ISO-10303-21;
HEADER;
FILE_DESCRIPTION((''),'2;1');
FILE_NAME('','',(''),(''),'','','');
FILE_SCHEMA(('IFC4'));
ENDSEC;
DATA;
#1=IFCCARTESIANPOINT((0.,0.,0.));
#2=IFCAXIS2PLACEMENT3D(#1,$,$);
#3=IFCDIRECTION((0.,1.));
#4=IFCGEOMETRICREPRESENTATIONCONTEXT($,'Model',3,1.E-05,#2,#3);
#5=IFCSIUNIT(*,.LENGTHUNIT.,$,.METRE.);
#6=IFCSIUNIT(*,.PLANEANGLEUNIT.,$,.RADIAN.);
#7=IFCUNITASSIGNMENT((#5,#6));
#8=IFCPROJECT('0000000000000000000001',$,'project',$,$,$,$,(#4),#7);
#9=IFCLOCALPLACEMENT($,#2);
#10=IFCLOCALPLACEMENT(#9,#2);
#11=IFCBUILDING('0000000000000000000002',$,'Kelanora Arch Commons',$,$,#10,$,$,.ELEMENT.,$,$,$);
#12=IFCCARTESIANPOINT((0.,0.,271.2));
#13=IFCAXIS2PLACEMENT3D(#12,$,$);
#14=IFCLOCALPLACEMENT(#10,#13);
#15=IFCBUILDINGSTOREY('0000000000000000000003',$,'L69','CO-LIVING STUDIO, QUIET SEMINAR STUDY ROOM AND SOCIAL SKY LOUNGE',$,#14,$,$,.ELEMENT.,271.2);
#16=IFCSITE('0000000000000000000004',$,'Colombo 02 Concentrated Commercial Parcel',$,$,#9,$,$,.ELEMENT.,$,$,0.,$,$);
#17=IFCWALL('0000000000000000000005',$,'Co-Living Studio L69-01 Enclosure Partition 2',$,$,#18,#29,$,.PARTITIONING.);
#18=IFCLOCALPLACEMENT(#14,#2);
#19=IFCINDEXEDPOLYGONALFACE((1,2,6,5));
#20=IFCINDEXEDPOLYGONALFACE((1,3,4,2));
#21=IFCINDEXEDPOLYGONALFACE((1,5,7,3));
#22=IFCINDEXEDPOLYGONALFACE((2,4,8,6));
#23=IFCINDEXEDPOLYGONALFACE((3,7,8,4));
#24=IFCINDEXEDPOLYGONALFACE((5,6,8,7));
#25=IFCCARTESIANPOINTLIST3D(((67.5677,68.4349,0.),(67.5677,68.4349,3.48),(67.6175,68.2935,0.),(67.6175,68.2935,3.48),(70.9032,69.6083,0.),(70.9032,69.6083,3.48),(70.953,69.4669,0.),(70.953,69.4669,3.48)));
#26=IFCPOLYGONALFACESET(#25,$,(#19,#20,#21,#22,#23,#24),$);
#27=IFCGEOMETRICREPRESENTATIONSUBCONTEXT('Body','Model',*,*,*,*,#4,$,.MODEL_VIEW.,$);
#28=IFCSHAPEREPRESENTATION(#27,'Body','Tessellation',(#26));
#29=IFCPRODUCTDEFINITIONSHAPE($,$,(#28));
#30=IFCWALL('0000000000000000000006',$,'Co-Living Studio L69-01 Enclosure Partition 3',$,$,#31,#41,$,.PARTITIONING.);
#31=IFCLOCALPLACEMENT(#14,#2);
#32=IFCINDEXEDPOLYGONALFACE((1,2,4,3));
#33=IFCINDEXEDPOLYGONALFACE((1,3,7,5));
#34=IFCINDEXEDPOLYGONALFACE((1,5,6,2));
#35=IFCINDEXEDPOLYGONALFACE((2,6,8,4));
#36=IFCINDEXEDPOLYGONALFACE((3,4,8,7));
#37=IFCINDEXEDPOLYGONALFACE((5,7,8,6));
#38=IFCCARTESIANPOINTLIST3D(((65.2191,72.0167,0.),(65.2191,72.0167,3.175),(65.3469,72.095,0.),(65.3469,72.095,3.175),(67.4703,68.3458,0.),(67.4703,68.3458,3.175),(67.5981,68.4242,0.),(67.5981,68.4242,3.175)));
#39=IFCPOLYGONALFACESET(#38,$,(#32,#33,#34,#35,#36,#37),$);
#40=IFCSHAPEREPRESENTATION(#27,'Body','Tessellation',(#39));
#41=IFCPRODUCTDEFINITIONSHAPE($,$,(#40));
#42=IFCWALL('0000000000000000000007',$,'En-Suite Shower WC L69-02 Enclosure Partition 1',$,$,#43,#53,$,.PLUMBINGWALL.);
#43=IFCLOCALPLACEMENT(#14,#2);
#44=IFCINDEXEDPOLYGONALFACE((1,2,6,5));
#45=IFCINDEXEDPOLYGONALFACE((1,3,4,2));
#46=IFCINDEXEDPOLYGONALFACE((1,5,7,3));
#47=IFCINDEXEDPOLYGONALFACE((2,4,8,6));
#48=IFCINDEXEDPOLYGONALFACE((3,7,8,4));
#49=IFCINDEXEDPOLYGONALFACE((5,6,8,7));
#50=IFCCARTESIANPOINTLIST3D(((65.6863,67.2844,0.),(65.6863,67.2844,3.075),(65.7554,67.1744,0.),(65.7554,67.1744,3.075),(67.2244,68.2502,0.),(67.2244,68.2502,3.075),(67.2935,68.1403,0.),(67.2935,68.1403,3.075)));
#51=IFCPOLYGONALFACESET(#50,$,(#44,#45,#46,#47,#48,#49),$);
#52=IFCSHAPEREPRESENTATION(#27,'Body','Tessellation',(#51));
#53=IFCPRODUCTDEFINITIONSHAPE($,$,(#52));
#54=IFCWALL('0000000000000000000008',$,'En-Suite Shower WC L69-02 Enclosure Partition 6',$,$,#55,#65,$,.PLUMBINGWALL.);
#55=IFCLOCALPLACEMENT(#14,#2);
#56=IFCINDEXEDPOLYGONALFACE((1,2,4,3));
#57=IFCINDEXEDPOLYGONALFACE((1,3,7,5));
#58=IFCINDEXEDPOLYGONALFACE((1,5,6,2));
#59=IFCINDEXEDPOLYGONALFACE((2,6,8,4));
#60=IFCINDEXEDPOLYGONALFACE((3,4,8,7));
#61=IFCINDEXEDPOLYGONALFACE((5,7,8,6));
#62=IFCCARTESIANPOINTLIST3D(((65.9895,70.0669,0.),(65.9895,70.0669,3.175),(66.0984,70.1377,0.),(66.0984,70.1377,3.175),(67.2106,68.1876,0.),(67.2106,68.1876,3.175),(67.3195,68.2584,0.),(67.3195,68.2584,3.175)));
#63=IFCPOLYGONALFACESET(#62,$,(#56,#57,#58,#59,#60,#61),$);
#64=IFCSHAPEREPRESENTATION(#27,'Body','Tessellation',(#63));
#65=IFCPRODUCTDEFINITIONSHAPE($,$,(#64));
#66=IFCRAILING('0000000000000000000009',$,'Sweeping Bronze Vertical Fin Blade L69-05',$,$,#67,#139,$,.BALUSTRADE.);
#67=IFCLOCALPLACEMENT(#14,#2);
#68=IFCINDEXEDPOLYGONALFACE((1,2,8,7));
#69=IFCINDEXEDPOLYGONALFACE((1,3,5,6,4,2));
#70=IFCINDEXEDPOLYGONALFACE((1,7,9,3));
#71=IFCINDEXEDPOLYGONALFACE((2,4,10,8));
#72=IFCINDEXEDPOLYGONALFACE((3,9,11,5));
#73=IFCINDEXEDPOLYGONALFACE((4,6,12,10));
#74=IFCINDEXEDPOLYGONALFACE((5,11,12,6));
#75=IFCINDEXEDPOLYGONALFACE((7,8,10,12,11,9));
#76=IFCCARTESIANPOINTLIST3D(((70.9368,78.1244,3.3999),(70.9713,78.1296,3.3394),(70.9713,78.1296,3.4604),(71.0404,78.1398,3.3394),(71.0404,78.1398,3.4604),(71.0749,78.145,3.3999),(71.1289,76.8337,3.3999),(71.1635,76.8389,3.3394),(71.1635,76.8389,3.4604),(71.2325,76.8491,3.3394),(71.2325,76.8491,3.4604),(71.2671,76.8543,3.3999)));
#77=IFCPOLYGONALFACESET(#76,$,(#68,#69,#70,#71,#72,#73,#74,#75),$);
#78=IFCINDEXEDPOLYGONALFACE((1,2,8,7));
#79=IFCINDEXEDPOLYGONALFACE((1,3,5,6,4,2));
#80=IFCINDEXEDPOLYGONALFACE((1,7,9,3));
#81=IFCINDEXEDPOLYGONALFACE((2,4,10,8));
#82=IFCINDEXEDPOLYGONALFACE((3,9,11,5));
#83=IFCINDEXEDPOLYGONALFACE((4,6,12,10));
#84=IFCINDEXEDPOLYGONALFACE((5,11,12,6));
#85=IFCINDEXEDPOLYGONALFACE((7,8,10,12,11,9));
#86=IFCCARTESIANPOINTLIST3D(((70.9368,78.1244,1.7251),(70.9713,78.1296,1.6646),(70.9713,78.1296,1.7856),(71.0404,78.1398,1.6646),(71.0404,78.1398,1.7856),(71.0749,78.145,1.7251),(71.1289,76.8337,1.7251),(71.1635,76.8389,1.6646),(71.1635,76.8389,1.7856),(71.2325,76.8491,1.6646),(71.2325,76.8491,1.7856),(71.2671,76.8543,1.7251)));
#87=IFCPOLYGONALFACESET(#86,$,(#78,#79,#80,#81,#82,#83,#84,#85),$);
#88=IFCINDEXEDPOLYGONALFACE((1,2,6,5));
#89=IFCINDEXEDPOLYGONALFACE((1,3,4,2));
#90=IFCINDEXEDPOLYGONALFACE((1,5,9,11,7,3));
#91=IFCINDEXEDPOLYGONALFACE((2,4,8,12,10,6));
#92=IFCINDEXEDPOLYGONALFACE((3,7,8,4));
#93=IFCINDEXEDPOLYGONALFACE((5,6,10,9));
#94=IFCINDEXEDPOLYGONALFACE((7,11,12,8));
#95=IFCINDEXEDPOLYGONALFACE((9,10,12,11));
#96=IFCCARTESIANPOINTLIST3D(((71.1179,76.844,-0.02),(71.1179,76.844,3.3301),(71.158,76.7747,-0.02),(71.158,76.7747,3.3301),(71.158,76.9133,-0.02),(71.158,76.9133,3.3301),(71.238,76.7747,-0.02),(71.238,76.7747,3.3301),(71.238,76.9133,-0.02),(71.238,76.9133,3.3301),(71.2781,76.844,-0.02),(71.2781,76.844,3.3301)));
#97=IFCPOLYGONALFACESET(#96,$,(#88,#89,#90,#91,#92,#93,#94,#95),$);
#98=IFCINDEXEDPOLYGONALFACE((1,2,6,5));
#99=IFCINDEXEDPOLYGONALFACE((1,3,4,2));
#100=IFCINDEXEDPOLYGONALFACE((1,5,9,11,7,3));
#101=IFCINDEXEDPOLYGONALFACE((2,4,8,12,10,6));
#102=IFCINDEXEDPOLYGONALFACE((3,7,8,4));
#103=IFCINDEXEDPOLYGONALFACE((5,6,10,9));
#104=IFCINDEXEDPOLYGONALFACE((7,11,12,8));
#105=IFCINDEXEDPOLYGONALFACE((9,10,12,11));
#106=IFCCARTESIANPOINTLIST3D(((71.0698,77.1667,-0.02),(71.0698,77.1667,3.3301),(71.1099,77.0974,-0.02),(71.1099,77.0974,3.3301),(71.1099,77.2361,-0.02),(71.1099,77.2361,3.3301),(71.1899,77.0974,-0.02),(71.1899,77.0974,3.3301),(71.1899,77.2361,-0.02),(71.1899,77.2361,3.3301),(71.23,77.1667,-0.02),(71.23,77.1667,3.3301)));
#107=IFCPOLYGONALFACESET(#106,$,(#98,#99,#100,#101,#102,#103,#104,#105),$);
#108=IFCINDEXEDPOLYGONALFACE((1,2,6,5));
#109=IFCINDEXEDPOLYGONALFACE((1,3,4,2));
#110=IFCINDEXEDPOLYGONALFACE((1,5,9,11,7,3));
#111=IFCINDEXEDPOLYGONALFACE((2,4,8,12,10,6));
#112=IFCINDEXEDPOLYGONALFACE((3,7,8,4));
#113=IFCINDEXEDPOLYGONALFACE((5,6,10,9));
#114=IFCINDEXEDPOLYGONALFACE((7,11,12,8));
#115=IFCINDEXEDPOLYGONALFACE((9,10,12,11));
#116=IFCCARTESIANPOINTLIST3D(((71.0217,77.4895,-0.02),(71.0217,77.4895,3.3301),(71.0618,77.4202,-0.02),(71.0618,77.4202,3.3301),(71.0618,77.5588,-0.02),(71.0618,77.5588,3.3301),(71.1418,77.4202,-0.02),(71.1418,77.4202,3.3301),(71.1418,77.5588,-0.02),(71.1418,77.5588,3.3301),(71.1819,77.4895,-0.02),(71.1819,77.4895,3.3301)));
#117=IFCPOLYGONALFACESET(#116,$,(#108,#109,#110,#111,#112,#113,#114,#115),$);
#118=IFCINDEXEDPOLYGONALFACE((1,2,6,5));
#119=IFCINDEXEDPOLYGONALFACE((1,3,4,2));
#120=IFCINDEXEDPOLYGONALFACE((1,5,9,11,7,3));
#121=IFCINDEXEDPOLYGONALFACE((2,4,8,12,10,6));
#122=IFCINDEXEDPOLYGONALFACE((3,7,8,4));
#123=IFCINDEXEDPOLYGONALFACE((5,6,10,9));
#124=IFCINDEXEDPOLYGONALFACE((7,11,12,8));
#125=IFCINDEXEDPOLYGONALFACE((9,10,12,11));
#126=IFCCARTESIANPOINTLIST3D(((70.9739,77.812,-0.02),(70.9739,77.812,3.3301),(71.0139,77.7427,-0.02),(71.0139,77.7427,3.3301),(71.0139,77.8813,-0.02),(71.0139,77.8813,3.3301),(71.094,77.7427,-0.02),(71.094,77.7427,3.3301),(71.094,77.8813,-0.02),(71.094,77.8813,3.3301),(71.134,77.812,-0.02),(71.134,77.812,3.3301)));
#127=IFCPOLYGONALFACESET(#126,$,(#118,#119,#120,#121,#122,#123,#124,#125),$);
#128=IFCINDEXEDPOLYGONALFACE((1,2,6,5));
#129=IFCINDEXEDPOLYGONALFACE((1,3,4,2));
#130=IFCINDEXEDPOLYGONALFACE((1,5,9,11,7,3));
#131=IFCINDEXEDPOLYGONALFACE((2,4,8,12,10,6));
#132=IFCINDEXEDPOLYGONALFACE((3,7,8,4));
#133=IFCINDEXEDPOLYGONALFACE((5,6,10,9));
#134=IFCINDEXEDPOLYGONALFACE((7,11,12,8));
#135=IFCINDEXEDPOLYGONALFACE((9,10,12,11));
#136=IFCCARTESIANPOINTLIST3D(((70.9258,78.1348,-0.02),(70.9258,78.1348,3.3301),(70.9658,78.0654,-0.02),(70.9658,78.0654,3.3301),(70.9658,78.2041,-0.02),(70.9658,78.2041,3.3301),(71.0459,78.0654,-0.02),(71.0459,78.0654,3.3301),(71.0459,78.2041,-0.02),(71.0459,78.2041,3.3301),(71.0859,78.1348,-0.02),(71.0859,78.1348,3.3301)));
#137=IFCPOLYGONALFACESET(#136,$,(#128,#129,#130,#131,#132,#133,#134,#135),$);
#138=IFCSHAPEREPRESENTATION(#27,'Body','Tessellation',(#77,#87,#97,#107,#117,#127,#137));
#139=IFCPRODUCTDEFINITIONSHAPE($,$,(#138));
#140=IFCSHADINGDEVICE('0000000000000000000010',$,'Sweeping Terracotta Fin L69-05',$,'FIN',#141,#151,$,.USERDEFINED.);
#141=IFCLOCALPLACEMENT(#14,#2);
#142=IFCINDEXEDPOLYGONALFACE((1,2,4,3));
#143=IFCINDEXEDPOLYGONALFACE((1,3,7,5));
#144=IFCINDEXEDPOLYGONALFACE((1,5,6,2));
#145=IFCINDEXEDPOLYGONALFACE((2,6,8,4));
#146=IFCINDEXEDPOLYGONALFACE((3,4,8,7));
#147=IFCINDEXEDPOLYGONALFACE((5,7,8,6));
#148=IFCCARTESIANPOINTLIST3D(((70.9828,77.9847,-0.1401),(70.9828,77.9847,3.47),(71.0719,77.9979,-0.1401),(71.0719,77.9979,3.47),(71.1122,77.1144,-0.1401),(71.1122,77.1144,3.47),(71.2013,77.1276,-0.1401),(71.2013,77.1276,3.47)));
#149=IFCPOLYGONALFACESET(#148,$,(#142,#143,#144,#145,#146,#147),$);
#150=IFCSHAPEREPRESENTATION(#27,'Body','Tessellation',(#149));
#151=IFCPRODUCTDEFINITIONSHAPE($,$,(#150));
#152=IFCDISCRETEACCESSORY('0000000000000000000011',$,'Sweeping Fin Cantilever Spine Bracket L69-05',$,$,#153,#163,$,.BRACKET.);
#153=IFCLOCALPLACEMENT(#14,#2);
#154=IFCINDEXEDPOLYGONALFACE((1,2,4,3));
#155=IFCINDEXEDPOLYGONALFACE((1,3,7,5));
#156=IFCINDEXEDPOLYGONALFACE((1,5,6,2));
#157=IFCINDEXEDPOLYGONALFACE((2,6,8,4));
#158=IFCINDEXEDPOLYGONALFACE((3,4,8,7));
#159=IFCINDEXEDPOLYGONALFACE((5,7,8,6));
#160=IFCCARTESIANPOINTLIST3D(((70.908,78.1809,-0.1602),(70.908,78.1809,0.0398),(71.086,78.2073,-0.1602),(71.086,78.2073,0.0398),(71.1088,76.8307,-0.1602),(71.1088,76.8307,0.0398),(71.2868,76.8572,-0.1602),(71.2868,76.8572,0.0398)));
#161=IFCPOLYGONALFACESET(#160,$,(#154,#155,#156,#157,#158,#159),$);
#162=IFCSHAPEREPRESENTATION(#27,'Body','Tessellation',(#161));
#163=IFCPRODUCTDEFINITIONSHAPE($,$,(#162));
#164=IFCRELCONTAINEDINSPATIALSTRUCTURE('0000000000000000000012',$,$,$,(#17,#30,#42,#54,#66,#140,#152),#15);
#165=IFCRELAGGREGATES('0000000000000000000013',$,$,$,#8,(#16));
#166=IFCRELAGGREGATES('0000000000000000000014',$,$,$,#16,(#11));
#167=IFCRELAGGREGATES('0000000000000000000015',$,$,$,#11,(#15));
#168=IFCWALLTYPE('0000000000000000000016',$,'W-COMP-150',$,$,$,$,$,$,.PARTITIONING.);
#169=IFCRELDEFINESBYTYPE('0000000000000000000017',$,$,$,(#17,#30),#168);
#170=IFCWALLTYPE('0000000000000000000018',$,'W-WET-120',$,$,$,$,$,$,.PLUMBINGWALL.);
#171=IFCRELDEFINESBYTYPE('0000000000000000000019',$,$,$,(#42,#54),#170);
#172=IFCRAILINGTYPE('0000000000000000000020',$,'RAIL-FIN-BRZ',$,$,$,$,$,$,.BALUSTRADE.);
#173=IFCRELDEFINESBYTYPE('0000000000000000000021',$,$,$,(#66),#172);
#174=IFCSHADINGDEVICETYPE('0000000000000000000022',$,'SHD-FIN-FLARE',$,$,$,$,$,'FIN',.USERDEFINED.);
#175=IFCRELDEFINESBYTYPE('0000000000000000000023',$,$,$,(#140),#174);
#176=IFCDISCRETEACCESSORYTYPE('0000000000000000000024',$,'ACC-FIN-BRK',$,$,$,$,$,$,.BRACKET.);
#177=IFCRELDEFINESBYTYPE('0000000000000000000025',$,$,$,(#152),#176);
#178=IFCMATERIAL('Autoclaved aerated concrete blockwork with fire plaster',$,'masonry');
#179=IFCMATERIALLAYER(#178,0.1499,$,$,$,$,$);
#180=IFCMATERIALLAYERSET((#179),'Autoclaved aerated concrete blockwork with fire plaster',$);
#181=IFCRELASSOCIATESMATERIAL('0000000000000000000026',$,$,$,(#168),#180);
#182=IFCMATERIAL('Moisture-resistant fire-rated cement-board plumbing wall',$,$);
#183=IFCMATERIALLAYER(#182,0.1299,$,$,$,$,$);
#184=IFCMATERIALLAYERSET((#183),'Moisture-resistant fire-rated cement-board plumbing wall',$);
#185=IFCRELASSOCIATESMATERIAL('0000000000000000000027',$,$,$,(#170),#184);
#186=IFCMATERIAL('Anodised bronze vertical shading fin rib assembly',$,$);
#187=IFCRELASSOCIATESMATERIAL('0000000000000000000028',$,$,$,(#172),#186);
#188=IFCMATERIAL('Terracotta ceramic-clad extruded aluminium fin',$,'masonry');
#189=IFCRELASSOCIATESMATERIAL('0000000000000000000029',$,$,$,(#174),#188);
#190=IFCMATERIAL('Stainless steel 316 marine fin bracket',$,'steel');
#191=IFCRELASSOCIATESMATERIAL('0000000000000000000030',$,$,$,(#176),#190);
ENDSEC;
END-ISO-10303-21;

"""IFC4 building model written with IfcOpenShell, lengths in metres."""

from ifc_helpers import new_model, si_unit, direction, frame, frame_2d, origin, origin_2d, place, context, subcontext, project, spatial, polyline, rectangle, outline, extrude, source, transform, mapped, material, layer, layer_set, type_object, element, save


model = new_model("IFC4")

# Units and contexts
model_context = context("Model", 3, precision=1e-05, world=origin(), true_north=direction((0.0, 1.0)))
body_context = subcontext(model_context, "Body", "Model", "MODEL_VIEW")
ifc_project = project(units=[si_unit("LENGTHUNIT", "METRE"), si_unit("PLANEANGLEUNIT", "RADIAN")], contexts=[model_context])

# Site, building, storey
site_placement = place(None, origin())
site = spatial("IfcSite", under=ifc_project, at=site_placement, Name="Colombo 02 Concentrated Commercial Parcel", CompositionType="ELEMENT", RefElevation=0.0)
building_placement = place(site_placement, origin())
building = spatial("IfcBuilding", under=site, at=building_placement, Name="Kelanora Arch Commons", CompositionType="ELEMENT")
storey_placement = place(building_placement, frame((0.0, 0.0, 271.2)))
storey = spatial("IfcBuildingStorey", under=building, at=storey_placement, Name="L69", Description="CO-LIVING STUDIO, QUIET SEMINAR STUDY ROOM AND SOCIAL SKY LOUNGE", CompositionType="ELEMENT", Elevation=271.2)

# Walls
ifc_material_1 = material(Name="Autoclaved aerated concrete blockwork with fire plaster", Category="masonry")
ifc_layer_1 = layer(ifc_material_1, 0.1499)
ifc_layer_set_1 = layer_set([ifc_layer_1], Name="Autoclaved aerated concrete blockwork with fire plaster")
wall_type_1 = type_object("IfcWallType", Name="W-COMP-150", PredefinedType="PARTITIONING", material=ifc_layer_set_1)
wall_1_placement = place(storey_placement, frame((70.9282, 69.5376, 0.0), z_axis=(0.0, 0.0, 1.0), x_axis=(-0.943334, -0.331845, 0.0)))
element("IfcWall", 1, at=wall_1_placement, inside=storey, type_object=wall_type_1, Name="Co-Living Studio L69-01 Enclosure Partition 2", PredefinedType="PARTITIONING", context=body_context, shape_type="SweptSolid", body=[
    extrude(rectangle(XDim=3.5359, YDim=0.1499, at=frame_2d((1.7681, 0.0))), origin(), (0.0, 0.0, 1.0), 3.48),
])
wall_2_placement = place(storey_placement, frame((67.5342, 68.385, 0.0), z_axis=(0.0, 0.0, 1.0), x_axis=(-0.522784, 0.852465, 0.0)))
element("IfcWall", 2, at=wall_2_placement, inside=storey, type_object=wall_type_1, Name="Co-Living Studio L69-01 Enclosure Partition 3", PredefinedType="PARTITIONING", context=body_context, shape_type="SweptSolid", body=[
    extrude(rectangle(XDim=4.3062, YDim=0.1499, at=frame_2d((2.1531, 0.0))), origin(), (0.0, 0.0, 1.0), 3.175),
])
ifc_material_2 = material(Name="Moisture-resistant fire-rated cement-board plumbing wall")
ifc_layer_2 = layer(ifc_material_2, 0.1299)
ifc_layer_set_2 = layer_set([ifc_layer_2], Name="Moisture-resistant fire-rated cement-board plumbing wall")
wall_type_2 = type_object("IfcWallType", Name="W-WET-120", PredefinedType="PLUMBINGWALL", material=ifc_layer_set_2)
wall_3_placement = place(storey_placement, frame((67.259, 68.1953, 0.0), z_axis=(0.0, 0.0, 1.0), x_axis=(-0.846879, -0.531786, 0.0)))
element("IfcWall", 3, at=wall_3_placement, inside=storey, type_object=wall_type_2, Name="En-Suite Shower WC L69-02 Enclosure Partition 1", PredefinedType="PLUMBINGWALL", context=body_context, shape_type="SweptSolid", body=[
    extrude(rectangle(XDim=1.8162, YDim=0.1299, at=frame_2d((0.9082, 0.0))), origin(), (0.0, 0.0, 1.0), 3.075),
])
wall_4_placement = place(storey_placement, frame((66.0439, 70.1023, 0.0), z_axis=(0.0, 0.0, 1.0), x_axis=(0.544858, -0.838528, 0.0)))
element("IfcWall", 4, at=wall_4_placement, inside=storey, type_object=wall_type_2, Name="En-Suite Shower WC L69-02 Enclosure Partition 6", PredefinedType="PLUMBINGWALL", context=body_context, shape_type="SweptSolid", body=[
    extrude(rectangle(XDim=2.2412, YDim=0.1299, at=frame_2d((1.1206, 0.0))), origin(), (0.0, 0.0, 1.0), 3.175),
])

# Railing
ifc_material_3 = material(Name="Anodised bronze vertical shading fin rib assembly")
railing_type = type_object("IfcRailingType", Name="RAIL-FIN-BRZ", PredefinedType="BALUSTRADE", material=ifc_material_3)
railing_placement = place(storey_placement, frame((71.198, 76.844, -0.02)))
element("IfcRailing", 5, at=railing_placement, inside=storey, type_object=railing_type, Name="Sweeping Bronze Vertical Fin Blade L69-05", PredefinedType="BALUSTRADE", context=body_context, shape_type="SweptSolid", body=[
    extrude(outline(polyline([(0.0698, 0.0), (0.0349, 0.0605), (-0.0349, 0.0605), (-0.0698, 0.0), (-0.0349, -0.0605), (0.0349, -0.0605), (0.0698, 0.0)])), frame((0.0, 0.0, 3.4199), z_axis=(-0.147233, 0.989102, 0.0), x_axis=(-0.989102, -0.147233, 0.0)), (0.0, 0.0, 1.0), 1.3049),
    extrude(outline(polyline([(0.0698, 0.0), (0.0349, 0.0605), (-0.0349, 0.0605), (-0.0698, 0.0), (-0.0349, -0.0605), (0.0349, -0.0605), (0.0698, 0.0)])), frame((0.0, 0.0, 1.7451), z_axis=(-0.147233, 0.989102, 0.0), x_axis=(-0.989102, -0.147233, 0.0)), (0.0, 0.0, 1.0), 1.3049),
    extrude(outline(polyline([(0.0801, 0.0), (0.04, 0.0693), (-0.04, 0.0693), (-0.0801, 0.0), (-0.04, -0.0693), (0.04, -0.0693), (0.0801, 0.0)])), origin(), (0.0, 0.0, 1.0), 3.3501),
    extrude(outline(polyline([(0.0801, 0.0), (0.04, 0.0693), (-0.04, 0.0693), (-0.0801, 0.0), (-0.04, -0.0693), (0.04, -0.0693), (0.0801, 0.0)])), frame((-0.0481, 0.3228, 0.0)), (0.0, 0.0, 1.0), 3.3501),
    extrude(outline(polyline([(0.0801, 0.0), (0.04, 0.0693), (-0.04, 0.0693), (-0.0801, 0.0), (-0.04, -0.0693), (0.04, -0.0693), (0.0801, 0.0)])), frame((-0.0962, 0.6455, 0.0)), (0.0, 0.0, 1.0), 3.3501),
    extrude(outline(polyline([(0.0801, 0.0), (0.04, 0.0693), (-0.04, 0.0693), (-0.0801, 0.0), (-0.04, -0.0693), (0.04, -0.0693), (0.0801, 0.0)])), frame((-0.144, 0.968, 0.0)), (0.0, 0.0, 1.0), 3.3501),
    extrude(outline(polyline([(0.0801, 0.0), (0.04, 0.0693), (-0.04, 0.0693), (-0.0801, 0.0), (-0.04, -0.0693), (0.04, -0.0693), (0.0801, 0.0)])), frame((-0.1921, 1.2908, 0.0)), (0.0, 0.0, 1.0), 3.3501),
])

# Shading device
ifc_material_4 = material(Name="Terracotta ceramic-clad extruded aluminium fin", Category="masonry")
shading_device_type = type_object("IfcShadingDeviceType", Name="SHD-FIN-FLARE", ElementType="FIN", PredefinedType="USERDEFINED", material=ifc_material_4)
shared_shape_1 = source(origin(), body_context, "Body", "SweptSolid", [
    extrude(rectangle(XDim=0.8799, YDim=0.0901, at=origin_2d()), origin(), (0.0, 0.0, 1.0), 3.6101),
])
shading_device_placement = place(storey_placement, frame((71.092, 77.5562, -0.1401), z_axis=(0.0, 0.0, 1.0), x_axis=(-0.147119, 0.989119, 0.0)))
element("IfcShadingDevice", 6, at=shading_device_placement, inside=storey, type_object=shading_device_type, Name="Sweeping Terracotta Fin L69-05", ObjectType="FIN", PredefinedType="USERDEFINED", context=body_context, shape_type="MappedRepresentation", body=[
    mapped(shared_shape_1, transform((0.0, 0.0, 0.0), scale=1.0)),
])

# Discrete accessory
ifc_material_5 = material(Name="Stainless steel 316 marine fin bracket", Category="steel")
discrete_accessory_type = type_object("IfcDiscreteAccessoryType", Name="ACC-FIN-BRK", PredefinedType="BRACKET", material=ifc_material_5)
shared_shape_2 = source(origin(), body_context, "Body", "SweptSolid", [
    extrude(rectangle(XDim=1.365, YDim=0.1799, at=origin_2d()), origin(), (0.0, 0.0, 1.0), 0.2),
])
discrete_accessory_placement = place(storey_placement, frame((71.0974, 77.519, -0.1602), z_axis=(0.0, 0.0, 1.0), x_axis=(-0.147119, 0.989119, 0.0)))
element("IfcDiscreteAccessory", 7, at=discrete_accessory_placement, inside=storey, type_object=discrete_accessory_type, Name="Sweeping Fin Cantilever Spine Bracket L69-05", PredefinedType="BRACKET", context=body_context, shape_type="MappedRepresentation", body=[
    mapped(shared_shape_2, transform((0.0, 0.0, 0.0), scale=1.0)),
])

save(model, "model.ifc")
